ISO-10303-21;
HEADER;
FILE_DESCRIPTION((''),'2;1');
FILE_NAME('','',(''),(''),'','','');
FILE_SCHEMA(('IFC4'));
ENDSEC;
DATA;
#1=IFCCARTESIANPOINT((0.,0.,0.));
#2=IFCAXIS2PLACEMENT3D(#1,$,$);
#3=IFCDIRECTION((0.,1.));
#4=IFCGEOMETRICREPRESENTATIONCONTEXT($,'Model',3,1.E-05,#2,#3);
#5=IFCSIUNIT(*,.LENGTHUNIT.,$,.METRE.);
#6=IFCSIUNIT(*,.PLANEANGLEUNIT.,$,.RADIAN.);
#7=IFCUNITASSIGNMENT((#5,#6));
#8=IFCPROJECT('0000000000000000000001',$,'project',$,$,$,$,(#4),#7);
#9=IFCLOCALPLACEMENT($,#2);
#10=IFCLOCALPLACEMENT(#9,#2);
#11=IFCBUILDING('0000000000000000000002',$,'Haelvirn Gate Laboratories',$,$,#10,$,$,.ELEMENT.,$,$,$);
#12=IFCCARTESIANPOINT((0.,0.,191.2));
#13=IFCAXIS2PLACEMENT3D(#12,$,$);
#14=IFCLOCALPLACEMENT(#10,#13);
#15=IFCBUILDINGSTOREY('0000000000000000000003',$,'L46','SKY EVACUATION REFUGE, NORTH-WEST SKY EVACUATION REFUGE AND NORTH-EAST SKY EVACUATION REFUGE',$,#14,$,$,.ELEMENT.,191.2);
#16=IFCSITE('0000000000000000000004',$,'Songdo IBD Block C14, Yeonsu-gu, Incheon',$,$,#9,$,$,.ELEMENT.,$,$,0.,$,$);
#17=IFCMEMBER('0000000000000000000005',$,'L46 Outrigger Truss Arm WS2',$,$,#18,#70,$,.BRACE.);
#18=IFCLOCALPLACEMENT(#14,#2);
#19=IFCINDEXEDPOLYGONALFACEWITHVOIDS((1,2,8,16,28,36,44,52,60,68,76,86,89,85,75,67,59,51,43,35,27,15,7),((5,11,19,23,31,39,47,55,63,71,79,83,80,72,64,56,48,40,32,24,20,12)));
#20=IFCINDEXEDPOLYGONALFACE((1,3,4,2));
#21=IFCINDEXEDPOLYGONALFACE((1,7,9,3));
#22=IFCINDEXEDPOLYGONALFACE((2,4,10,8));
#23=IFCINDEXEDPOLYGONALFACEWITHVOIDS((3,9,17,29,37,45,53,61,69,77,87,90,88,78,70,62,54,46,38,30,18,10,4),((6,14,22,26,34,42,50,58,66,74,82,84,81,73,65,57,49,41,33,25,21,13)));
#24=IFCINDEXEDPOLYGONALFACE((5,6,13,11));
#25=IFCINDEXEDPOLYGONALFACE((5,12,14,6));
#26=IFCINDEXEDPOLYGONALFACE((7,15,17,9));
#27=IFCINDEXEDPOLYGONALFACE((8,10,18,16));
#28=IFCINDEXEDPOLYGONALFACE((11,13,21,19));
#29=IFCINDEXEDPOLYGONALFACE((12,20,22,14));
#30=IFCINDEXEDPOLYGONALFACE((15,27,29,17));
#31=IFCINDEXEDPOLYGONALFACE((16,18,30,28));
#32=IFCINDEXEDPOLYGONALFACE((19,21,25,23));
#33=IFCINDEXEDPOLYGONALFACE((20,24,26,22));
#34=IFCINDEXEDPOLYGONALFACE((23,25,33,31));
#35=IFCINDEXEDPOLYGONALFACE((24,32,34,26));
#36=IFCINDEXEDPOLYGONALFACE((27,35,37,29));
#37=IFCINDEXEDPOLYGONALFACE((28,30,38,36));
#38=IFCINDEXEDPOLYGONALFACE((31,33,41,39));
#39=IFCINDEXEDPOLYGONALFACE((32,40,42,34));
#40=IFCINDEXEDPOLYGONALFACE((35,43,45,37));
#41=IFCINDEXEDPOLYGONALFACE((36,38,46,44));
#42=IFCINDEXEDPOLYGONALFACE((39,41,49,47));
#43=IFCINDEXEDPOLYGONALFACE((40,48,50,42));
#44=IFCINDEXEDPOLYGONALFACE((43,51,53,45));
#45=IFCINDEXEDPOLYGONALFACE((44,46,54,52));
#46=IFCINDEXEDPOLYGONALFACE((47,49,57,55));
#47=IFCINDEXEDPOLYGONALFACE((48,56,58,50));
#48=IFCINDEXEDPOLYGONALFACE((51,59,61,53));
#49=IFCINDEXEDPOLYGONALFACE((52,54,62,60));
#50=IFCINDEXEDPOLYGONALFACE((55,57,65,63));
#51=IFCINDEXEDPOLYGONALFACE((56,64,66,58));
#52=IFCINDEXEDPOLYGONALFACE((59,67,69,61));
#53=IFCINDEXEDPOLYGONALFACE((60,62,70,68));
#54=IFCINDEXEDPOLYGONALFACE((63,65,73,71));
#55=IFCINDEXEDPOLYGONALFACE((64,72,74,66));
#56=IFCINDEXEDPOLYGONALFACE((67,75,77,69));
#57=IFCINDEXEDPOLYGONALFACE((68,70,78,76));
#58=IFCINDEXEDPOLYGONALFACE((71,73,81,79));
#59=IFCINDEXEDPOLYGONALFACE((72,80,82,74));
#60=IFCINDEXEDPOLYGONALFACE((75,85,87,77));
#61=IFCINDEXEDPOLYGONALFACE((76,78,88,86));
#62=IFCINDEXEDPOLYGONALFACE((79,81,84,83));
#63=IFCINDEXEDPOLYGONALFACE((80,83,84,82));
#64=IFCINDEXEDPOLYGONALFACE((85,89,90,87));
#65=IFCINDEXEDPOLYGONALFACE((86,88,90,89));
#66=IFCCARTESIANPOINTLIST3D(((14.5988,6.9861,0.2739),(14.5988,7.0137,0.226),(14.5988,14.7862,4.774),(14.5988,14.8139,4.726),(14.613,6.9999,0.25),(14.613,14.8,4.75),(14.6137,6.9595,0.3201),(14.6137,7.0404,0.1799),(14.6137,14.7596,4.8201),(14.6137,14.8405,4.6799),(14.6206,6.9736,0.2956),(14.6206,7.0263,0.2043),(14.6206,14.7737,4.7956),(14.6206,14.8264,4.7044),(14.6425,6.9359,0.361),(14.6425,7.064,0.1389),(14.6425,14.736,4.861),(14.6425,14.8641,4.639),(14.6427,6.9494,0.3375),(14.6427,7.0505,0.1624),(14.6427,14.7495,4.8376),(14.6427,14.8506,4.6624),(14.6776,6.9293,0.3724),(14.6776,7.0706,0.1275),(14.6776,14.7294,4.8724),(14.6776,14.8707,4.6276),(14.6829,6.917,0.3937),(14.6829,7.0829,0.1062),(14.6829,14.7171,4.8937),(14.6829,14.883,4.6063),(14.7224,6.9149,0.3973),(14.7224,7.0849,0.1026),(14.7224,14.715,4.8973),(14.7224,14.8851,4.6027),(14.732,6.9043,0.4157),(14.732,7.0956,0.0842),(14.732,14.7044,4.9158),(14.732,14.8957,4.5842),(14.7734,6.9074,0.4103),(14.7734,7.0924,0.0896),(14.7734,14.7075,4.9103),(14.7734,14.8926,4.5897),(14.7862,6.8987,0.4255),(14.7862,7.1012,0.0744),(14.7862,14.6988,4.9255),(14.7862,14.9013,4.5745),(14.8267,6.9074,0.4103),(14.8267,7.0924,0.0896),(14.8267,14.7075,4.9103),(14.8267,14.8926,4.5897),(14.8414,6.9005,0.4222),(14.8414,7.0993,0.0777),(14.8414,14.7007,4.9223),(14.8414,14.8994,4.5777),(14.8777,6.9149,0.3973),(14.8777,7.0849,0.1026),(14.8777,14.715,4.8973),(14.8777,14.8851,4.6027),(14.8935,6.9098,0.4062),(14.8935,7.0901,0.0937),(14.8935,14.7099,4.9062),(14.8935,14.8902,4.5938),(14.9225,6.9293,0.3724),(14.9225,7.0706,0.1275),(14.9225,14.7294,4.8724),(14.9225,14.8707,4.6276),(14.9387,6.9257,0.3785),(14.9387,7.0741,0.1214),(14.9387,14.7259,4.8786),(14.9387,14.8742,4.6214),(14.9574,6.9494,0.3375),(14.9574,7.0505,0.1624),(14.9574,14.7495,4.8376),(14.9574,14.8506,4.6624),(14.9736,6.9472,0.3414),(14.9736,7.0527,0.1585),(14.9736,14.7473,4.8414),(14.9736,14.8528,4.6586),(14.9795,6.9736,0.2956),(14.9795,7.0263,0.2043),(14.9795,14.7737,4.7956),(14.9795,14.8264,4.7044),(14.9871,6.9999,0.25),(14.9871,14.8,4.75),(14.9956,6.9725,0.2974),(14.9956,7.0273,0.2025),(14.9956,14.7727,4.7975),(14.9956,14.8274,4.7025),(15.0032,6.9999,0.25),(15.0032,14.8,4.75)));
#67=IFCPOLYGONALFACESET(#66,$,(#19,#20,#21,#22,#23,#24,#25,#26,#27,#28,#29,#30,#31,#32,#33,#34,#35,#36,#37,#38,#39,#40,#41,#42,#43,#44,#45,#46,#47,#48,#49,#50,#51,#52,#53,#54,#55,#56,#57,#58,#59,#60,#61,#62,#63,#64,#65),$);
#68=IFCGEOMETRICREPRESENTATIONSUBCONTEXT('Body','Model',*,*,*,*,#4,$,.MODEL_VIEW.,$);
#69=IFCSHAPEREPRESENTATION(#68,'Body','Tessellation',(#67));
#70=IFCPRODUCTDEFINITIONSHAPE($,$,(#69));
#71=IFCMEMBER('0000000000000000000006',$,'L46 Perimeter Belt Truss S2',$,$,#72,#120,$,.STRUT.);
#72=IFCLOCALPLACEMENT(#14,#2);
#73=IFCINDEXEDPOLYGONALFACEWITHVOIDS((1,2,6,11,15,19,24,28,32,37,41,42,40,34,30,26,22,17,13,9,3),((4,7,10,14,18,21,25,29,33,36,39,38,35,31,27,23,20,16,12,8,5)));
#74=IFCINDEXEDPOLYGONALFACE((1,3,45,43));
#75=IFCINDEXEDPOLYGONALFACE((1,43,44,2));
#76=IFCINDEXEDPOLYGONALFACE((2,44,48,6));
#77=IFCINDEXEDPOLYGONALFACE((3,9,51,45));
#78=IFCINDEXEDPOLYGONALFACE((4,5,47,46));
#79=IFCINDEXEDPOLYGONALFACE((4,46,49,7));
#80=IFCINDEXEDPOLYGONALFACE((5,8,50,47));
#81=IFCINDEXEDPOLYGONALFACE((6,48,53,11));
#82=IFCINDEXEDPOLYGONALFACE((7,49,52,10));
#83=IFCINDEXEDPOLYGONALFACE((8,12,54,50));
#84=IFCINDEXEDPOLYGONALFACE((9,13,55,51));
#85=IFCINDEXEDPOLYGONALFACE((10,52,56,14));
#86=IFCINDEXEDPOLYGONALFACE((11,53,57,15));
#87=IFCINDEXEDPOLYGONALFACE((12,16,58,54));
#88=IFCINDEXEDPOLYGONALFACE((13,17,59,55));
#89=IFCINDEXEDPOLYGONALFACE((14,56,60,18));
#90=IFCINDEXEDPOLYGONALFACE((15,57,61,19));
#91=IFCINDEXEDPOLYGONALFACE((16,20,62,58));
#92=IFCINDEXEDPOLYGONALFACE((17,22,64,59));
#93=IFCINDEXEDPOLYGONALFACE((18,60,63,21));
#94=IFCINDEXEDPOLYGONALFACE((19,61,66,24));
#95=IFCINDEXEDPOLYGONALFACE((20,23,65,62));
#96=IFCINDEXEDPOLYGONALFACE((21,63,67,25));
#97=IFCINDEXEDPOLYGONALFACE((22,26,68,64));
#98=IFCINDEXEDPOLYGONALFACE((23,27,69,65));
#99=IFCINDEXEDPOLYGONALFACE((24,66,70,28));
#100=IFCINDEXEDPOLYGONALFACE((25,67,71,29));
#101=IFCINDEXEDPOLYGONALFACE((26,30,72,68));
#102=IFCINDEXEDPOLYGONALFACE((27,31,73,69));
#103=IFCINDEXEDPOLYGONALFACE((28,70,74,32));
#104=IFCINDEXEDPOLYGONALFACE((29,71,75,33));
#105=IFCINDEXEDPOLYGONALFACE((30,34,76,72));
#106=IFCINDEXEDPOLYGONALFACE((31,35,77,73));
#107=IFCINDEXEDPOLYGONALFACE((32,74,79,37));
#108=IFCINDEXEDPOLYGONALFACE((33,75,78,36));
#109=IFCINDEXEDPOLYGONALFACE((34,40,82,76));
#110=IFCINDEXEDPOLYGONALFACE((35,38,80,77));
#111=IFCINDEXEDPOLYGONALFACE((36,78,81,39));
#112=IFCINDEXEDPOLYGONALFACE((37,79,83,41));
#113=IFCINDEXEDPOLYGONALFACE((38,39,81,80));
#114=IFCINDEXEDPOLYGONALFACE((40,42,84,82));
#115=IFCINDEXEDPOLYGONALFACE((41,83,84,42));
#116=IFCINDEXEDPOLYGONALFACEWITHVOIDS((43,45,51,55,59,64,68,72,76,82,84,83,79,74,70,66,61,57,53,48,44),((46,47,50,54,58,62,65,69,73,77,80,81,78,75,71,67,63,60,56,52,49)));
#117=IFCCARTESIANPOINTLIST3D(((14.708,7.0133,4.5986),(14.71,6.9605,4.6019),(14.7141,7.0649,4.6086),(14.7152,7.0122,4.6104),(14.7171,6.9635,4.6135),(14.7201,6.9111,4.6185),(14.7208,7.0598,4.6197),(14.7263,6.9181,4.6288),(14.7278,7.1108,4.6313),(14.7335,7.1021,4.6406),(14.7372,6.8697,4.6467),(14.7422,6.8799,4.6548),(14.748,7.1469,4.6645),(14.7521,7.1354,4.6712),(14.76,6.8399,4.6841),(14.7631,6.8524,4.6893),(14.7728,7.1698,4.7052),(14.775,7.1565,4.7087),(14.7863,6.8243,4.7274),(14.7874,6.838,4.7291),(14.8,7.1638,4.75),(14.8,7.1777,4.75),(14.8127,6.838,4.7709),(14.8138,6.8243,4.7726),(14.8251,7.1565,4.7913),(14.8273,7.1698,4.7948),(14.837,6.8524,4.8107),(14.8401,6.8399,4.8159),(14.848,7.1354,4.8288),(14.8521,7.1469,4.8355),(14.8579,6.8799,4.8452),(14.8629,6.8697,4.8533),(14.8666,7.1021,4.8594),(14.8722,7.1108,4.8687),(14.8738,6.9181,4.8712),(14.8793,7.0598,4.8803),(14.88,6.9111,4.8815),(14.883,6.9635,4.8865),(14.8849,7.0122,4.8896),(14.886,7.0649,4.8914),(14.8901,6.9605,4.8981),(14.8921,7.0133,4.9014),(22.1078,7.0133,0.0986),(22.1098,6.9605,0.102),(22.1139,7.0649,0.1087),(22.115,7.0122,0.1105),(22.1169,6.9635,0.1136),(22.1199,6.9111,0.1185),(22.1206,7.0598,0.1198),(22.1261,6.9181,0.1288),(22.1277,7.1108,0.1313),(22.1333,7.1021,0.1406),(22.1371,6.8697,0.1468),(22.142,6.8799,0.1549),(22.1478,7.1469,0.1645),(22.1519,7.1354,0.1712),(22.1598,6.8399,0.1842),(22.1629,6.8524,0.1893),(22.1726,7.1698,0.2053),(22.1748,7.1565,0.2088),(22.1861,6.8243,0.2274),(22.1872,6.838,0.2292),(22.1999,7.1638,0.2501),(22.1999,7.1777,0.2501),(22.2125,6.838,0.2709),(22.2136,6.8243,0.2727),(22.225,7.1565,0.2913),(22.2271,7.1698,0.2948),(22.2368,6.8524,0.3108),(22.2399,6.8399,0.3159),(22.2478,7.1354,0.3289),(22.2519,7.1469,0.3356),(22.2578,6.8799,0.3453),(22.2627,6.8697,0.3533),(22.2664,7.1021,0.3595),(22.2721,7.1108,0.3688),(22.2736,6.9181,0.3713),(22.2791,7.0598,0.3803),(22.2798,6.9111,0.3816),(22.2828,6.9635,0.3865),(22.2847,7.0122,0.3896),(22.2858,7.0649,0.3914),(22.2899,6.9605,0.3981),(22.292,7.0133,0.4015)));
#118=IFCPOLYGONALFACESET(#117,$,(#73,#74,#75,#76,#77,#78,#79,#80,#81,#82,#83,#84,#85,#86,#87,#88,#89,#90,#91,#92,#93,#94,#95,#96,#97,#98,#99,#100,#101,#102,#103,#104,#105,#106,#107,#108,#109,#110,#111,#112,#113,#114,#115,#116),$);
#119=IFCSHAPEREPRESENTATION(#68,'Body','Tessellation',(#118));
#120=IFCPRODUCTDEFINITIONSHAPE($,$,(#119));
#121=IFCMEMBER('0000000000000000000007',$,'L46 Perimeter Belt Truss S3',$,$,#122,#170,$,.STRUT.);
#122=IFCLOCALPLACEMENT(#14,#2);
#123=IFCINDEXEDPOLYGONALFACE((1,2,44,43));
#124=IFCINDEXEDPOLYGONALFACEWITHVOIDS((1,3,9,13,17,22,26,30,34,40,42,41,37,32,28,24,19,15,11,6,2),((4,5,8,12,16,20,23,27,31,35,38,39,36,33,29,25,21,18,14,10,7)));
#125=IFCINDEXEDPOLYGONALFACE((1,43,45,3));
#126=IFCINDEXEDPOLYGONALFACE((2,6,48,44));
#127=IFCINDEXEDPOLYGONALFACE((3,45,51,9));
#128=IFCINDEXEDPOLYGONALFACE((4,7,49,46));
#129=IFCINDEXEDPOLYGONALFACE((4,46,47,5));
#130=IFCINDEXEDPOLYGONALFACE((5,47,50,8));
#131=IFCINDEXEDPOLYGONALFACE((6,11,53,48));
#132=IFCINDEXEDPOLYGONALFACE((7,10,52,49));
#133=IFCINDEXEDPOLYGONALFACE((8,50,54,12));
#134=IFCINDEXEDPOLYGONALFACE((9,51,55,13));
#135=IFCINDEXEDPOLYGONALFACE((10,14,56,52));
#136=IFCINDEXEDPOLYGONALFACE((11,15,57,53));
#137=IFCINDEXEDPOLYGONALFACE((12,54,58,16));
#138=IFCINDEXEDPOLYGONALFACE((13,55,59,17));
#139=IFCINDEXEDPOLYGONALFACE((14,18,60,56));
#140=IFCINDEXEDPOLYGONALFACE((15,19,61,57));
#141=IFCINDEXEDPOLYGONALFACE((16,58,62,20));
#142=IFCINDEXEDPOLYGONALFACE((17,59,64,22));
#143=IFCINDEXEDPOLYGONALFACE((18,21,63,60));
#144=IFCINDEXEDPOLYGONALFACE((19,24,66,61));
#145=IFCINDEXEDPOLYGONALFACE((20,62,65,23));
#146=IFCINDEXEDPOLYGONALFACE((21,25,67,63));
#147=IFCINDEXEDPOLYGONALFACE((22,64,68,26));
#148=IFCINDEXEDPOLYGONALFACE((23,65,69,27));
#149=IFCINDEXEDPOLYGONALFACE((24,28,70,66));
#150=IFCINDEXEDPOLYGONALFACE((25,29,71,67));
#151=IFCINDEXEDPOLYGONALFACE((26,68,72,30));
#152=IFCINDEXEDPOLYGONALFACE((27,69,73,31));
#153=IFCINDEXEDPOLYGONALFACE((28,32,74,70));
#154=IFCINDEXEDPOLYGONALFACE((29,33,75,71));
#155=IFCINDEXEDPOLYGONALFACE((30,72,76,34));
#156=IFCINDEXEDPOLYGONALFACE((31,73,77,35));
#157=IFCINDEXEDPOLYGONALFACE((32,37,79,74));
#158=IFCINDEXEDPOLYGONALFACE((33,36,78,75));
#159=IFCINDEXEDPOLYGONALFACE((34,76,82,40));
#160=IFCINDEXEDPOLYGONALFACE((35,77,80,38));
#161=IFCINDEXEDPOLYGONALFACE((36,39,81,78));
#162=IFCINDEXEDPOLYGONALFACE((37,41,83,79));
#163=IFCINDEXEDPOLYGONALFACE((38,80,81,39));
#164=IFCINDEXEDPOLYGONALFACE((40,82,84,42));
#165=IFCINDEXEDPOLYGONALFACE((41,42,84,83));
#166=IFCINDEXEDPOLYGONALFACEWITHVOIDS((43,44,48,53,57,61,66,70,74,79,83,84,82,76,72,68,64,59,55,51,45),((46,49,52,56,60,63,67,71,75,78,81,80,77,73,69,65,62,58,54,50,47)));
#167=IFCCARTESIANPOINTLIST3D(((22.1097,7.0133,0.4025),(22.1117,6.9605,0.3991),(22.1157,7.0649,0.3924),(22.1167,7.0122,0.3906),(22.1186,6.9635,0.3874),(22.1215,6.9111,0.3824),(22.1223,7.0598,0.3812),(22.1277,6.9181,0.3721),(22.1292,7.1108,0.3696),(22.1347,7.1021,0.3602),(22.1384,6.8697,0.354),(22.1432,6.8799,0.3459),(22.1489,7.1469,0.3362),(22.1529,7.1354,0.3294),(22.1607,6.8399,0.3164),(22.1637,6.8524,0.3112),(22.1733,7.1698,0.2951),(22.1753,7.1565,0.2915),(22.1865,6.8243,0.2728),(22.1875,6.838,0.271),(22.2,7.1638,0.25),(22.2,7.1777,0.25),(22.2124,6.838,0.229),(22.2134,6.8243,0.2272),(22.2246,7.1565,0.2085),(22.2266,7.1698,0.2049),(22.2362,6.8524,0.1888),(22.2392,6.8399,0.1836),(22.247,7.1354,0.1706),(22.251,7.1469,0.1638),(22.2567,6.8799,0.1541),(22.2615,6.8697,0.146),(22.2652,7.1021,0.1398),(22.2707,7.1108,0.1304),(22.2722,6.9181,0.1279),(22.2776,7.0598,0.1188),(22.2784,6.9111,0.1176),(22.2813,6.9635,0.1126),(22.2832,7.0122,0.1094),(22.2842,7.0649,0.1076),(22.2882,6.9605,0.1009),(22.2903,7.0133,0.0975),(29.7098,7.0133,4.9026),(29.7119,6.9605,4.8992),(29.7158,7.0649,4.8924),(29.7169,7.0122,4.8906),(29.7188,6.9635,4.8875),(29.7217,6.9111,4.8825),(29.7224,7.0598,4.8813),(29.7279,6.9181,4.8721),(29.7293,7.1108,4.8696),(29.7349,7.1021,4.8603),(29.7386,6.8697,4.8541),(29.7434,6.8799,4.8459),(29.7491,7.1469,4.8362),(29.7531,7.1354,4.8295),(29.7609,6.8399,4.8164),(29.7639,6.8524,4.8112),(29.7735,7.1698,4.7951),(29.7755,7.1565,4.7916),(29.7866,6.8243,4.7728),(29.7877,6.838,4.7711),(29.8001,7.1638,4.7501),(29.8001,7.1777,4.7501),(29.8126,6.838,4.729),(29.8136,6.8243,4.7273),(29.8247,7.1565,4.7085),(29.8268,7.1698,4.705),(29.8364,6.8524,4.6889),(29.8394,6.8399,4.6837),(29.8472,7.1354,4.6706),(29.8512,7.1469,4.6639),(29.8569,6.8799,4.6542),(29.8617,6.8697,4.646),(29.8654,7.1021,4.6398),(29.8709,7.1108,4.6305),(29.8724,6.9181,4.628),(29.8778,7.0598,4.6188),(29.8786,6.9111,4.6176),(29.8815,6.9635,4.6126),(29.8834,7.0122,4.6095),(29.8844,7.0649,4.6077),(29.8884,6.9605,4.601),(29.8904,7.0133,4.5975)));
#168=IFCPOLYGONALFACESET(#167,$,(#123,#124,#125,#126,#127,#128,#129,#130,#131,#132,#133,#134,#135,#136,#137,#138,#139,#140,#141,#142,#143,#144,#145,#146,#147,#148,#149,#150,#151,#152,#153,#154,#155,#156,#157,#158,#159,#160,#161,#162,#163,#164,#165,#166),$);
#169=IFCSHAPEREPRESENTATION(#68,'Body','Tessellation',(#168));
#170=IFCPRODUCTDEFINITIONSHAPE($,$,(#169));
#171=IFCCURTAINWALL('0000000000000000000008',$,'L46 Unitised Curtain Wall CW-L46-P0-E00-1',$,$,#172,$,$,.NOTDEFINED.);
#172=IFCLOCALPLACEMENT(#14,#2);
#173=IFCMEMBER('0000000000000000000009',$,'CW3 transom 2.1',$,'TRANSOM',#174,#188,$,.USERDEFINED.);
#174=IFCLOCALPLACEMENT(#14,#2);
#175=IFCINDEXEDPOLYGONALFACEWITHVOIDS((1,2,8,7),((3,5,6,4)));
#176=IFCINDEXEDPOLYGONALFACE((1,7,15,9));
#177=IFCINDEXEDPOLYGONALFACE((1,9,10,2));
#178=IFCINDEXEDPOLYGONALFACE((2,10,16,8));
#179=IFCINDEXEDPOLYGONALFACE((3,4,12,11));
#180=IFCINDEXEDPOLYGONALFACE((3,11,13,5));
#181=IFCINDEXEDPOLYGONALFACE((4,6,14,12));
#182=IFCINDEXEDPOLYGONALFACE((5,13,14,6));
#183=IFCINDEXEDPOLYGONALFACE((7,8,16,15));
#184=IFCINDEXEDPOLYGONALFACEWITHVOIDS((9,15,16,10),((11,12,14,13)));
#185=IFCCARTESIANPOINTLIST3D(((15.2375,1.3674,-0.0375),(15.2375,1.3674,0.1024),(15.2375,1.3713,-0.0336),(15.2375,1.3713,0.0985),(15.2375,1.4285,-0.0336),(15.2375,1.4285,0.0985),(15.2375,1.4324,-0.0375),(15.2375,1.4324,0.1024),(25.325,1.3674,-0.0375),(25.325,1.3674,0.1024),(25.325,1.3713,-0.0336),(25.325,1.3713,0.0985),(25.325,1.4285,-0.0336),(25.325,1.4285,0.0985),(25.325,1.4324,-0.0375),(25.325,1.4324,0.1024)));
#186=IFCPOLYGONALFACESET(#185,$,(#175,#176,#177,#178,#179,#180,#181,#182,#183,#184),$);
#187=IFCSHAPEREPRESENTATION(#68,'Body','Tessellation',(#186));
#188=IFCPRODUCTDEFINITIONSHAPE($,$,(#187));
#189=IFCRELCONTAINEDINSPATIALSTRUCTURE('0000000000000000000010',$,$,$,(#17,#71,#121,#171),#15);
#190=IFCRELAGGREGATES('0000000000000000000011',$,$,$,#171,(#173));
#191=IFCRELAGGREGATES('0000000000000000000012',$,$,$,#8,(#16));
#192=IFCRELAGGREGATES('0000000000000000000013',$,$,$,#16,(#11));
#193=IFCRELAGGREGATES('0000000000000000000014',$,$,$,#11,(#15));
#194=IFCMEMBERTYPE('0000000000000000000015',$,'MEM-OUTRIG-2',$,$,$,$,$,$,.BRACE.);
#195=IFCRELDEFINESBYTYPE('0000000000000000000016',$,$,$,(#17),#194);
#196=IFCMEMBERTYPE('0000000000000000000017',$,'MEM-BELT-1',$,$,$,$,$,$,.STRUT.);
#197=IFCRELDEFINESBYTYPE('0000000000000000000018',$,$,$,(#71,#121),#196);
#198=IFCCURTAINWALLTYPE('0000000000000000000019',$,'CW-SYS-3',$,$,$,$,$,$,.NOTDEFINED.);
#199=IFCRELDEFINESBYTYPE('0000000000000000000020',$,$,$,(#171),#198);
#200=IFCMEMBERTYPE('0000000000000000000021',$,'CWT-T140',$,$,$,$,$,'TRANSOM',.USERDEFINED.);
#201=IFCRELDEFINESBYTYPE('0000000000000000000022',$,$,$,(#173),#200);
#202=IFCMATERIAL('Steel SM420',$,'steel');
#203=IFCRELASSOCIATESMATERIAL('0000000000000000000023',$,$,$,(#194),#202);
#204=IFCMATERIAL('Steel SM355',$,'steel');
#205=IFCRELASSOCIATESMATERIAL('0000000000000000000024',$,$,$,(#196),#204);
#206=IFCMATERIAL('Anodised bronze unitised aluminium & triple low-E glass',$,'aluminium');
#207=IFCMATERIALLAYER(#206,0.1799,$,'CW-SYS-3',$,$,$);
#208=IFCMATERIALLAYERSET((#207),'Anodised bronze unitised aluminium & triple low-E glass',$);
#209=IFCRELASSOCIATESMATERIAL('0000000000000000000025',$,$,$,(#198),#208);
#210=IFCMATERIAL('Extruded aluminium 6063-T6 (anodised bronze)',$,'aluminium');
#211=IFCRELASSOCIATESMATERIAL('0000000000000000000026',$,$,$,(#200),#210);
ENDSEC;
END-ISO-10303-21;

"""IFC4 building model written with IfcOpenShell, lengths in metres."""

from ifc_helpers import new_model, si_unit, direction, frame, origin, origin_2d, place, context, subcontext, project, spatial, hollow_rectangle, hollow_circle, extrude, source, transform, mapped, material, layer, layer_set, material_profile, profile_set, type_object, type_shapes, element, aggregate, save


model = new_model("IFC4")

# Units and contexts
model_context = context("Model", 3, precision=1e-05, world=origin(), true_north=direction((0.0, 1.0)))
body_context = subcontext(model_context, "Body", "Model", "MODEL_VIEW")
ifc_project = project(units=[si_unit("LENGTHUNIT", "METRE"), si_unit("PLANEANGLEUNIT", "RADIAN")], contexts=[model_context])

# Site, building, storey
site_placement = place(None, origin())
site = spatial("IfcSite", under=ifc_project, at=site_placement, Name="Songdo IBD Block C14, Yeonsu-gu, Incheon", CompositionType="ELEMENT", RefElevation=0.0)
building_placement = place(site_placement, origin())
building = spatial("IfcBuilding", under=site, at=building_placement, Name="Haelvirn Gate Laboratories", CompositionType="ELEMENT")
storey_placement = place(building_placement, frame((0.0, 0.0, 191.2)))
storey = spatial("IfcBuildingStorey", under=building, at=storey_placement, Name="L46", Description="SKY EVACUATION REFUGE, NORTH-WEST SKY EVACUATION REFUGE AND NORTH-EAST SKY EVACUATION REFUGE", CompositionType="ELEMENT", Elevation=191.2)

# Shared definitions
ifc_material_1 = material(Name="Steel SM355", Category="steel")

# Members
ifc_material_2 = material(Name="Steel SM420", Category="steel")
ifc_material_profile_1 = material_profile(ifc_material_2, hollow_circle(Radius=0.2031, WallThickness=0.0161, at=origin_2d()), Name="CHS-406x16")
ifc_profile_set_1 = profile_set([ifc_material_profile_1], Name="Steel SM420")
member_type_1 = type_object("IfcMemberType", Name="MEM-OUTRIG-2", PredefinedType="BRACE", material=ifc_profile_set_1)
shared_shape_1 = source(origin(), body_context, "Body", "SweptSolid", [
    extrude(hollow_circle(Radius=0.2031, WallThickness=0.0161, at=origin_2d()), origin(), (0.0, 0.0, 1.0), 9.0051),
])
type_shapes(member_type_1, [shared_shape_1])
member_1_placement = place(storey_placement, frame((14.8, 14.8, 4.75), z_axis=(0.0, -0.866187, -0.49972), x_axis=(1.0, 0.0, 0.0)))
element("IfcMember", 1, at=member_1_placement, inside=storey, type_object=member_type_1, Name="L46 Outrigger Truss Arm WS2", PredefinedType="BRACE", context=body_context, shape_type="MappedRepresentation", body=[
    mapped(shared_shape_1, transform((0.0, 0.0, 0.0), scale=1.0)),
])
ifc_material_profile_2 = material_profile(ifc_material_1, hollow_circle(Radius=0.1777, WallThickness=0.0139, at=origin_2d()), Name="CHS-355x14")
ifc_profile_set_2 = profile_set([ifc_material_profile_2], Name="Steel SM355")
member_type_2 = type_object("IfcMemberType", Name="MEM-BELT-1", PredefinedType="STRUT", material=ifc_profile_set_2)
shared_shape_2 = source(origin(), body_context, "Body", "SweptSolid", [
    extrude(hollow_circle(Radius=0.1777, WallThickness=0.0139, at=origin_2d()), origin(), (0.0, 0.0, 1.0), 8.6606),
])
member_2_placement = place(storey_placement, frame((14.8, 7.0, 4.75), z_axis=(0.854418, 0.0, -0.519586), x_axis=(0.0, 1.0, 0.0)))
element("IfcMember", 2, at=member_2_placement, inside=storey, type_object=member_type_2, Name="L46 Perimeter Belt Truss S2", PredefinedType="STRUT", context=body_context, shape_type="MappedRepresentation", body=[
    mapped(shared_shape_2, transform((0.0, 0.0, 0.0), scale=1.0)),
])
shared_shape_3 = source(origin(), body_context, "Body", "SweptSolid", [
    extrude(hollow_circle(Radius=0.1777, WallThickness=0.0139, at=origin_2d()), origin(), (0.0, 0.0, 1.0), 8.8325),
])
type_shapes(member_type_2, [shared_shape_2, shared_shape_3])
member_3_placement = place(storey_placement, frame((22.2, 7.0, 0.25), z_axis=(0.860478, 0.0, 0.509487), x_axis=(0.0, 1.0, 0.0)))
element("IfcMember", 3, at=member_3_placement, inside=storey, type_object=member_type_2, Name="L46 Perimeter Belt Truss S3", PredefinedType="STRUT", context=body_context, shape_type="MappedRepresentation", body=[
    mapped(shared_shape_3, transform((0.0, 0.0, 0.0), scale=1.0)),
])

# Curtain wall, member
ifc_material_3 = material(Name="Anodised bronze unitised aluminium & triple low-E glass", Category="aluminium")
ifc_layer_1 = layer(ifc_material_3, 0.1799, Name="CW-SYS-3")
ifc_layer_set_1 = layer_set([ifc_layer_1], Name="Anodised bronze unitised aluminium & triple low-E glass")
curtain_wall_type = type_object("IfcCurtainWallType", Name="CW-SYS-3", PredefinedType="NOTDEFINED", material=ifc_layer_set_1)
curtain_wall_placement = place(storey_placement, origin())
curtain_wall = element("IfcCurtainWall", 4, at=curtain_wall_placement, inside=storey, type_object=curtain_wall_type, Name="L46 Unitised Curtain Wall CW-L46-P0-E00-1", PredefinedType="NOTDEFINED")
ifc_material_4 = material(Name="Extruded aluminium 6063-T6 (anodised bronze)", Category="aluminium")
ifc_material_profile_3 = material_profile(ifc_material_4, hollow_rectangle(XDim=0.0649, YDim=0.1399, WallThickness=0.0039, at=origin_2d()), Name="CWT-140x65x4")
ifc_profile_set_3 = profile_set([ifc_material_profile_3], Name="Extruded aluminium 6063-T6 (anodised bronze)")
member_type_3 = type_object("IfcMemberType", Name="CWT-T140", ElementType="TRANSOM", PredefinedType="USERDEFINED", material=ifc_profile_set_3)
shared_shape_4 = source(origin(), body_context, "Body", "SweptSolid", [
    extrude(hollow_rectangle(XDim=0.0649, YDim=0.1399, WallThickness=0.0039, at=origin_2d()), origin(), (0.0, 0.0, 1.0), 10.0874),
])
type_shapes(member_type_3, [shared_shape_4])
member_4_placement = place(storey_placement, frame((15.2375, 1.3999, 0.0325), z_axis=(1.0, 0.0, 0.0), x_axis=(0.0, 1.0, 0.0)))
member_4 = element("IfcMember", 5, at=member_4_placement, type_object=member_type_3, Name="CW3 transom 2.1", ObjectType="TRANSOM", PredefinedType="USERDEFINED", context=body_context, shape_type="MappedRepresentation", body=[
    mapped(shared_shape_4, transform((0.0, 0.0, 0.0), scale=1.0)),
])

aggregate(curtain_wall, [member_4])

save(model, "model.ifc")
